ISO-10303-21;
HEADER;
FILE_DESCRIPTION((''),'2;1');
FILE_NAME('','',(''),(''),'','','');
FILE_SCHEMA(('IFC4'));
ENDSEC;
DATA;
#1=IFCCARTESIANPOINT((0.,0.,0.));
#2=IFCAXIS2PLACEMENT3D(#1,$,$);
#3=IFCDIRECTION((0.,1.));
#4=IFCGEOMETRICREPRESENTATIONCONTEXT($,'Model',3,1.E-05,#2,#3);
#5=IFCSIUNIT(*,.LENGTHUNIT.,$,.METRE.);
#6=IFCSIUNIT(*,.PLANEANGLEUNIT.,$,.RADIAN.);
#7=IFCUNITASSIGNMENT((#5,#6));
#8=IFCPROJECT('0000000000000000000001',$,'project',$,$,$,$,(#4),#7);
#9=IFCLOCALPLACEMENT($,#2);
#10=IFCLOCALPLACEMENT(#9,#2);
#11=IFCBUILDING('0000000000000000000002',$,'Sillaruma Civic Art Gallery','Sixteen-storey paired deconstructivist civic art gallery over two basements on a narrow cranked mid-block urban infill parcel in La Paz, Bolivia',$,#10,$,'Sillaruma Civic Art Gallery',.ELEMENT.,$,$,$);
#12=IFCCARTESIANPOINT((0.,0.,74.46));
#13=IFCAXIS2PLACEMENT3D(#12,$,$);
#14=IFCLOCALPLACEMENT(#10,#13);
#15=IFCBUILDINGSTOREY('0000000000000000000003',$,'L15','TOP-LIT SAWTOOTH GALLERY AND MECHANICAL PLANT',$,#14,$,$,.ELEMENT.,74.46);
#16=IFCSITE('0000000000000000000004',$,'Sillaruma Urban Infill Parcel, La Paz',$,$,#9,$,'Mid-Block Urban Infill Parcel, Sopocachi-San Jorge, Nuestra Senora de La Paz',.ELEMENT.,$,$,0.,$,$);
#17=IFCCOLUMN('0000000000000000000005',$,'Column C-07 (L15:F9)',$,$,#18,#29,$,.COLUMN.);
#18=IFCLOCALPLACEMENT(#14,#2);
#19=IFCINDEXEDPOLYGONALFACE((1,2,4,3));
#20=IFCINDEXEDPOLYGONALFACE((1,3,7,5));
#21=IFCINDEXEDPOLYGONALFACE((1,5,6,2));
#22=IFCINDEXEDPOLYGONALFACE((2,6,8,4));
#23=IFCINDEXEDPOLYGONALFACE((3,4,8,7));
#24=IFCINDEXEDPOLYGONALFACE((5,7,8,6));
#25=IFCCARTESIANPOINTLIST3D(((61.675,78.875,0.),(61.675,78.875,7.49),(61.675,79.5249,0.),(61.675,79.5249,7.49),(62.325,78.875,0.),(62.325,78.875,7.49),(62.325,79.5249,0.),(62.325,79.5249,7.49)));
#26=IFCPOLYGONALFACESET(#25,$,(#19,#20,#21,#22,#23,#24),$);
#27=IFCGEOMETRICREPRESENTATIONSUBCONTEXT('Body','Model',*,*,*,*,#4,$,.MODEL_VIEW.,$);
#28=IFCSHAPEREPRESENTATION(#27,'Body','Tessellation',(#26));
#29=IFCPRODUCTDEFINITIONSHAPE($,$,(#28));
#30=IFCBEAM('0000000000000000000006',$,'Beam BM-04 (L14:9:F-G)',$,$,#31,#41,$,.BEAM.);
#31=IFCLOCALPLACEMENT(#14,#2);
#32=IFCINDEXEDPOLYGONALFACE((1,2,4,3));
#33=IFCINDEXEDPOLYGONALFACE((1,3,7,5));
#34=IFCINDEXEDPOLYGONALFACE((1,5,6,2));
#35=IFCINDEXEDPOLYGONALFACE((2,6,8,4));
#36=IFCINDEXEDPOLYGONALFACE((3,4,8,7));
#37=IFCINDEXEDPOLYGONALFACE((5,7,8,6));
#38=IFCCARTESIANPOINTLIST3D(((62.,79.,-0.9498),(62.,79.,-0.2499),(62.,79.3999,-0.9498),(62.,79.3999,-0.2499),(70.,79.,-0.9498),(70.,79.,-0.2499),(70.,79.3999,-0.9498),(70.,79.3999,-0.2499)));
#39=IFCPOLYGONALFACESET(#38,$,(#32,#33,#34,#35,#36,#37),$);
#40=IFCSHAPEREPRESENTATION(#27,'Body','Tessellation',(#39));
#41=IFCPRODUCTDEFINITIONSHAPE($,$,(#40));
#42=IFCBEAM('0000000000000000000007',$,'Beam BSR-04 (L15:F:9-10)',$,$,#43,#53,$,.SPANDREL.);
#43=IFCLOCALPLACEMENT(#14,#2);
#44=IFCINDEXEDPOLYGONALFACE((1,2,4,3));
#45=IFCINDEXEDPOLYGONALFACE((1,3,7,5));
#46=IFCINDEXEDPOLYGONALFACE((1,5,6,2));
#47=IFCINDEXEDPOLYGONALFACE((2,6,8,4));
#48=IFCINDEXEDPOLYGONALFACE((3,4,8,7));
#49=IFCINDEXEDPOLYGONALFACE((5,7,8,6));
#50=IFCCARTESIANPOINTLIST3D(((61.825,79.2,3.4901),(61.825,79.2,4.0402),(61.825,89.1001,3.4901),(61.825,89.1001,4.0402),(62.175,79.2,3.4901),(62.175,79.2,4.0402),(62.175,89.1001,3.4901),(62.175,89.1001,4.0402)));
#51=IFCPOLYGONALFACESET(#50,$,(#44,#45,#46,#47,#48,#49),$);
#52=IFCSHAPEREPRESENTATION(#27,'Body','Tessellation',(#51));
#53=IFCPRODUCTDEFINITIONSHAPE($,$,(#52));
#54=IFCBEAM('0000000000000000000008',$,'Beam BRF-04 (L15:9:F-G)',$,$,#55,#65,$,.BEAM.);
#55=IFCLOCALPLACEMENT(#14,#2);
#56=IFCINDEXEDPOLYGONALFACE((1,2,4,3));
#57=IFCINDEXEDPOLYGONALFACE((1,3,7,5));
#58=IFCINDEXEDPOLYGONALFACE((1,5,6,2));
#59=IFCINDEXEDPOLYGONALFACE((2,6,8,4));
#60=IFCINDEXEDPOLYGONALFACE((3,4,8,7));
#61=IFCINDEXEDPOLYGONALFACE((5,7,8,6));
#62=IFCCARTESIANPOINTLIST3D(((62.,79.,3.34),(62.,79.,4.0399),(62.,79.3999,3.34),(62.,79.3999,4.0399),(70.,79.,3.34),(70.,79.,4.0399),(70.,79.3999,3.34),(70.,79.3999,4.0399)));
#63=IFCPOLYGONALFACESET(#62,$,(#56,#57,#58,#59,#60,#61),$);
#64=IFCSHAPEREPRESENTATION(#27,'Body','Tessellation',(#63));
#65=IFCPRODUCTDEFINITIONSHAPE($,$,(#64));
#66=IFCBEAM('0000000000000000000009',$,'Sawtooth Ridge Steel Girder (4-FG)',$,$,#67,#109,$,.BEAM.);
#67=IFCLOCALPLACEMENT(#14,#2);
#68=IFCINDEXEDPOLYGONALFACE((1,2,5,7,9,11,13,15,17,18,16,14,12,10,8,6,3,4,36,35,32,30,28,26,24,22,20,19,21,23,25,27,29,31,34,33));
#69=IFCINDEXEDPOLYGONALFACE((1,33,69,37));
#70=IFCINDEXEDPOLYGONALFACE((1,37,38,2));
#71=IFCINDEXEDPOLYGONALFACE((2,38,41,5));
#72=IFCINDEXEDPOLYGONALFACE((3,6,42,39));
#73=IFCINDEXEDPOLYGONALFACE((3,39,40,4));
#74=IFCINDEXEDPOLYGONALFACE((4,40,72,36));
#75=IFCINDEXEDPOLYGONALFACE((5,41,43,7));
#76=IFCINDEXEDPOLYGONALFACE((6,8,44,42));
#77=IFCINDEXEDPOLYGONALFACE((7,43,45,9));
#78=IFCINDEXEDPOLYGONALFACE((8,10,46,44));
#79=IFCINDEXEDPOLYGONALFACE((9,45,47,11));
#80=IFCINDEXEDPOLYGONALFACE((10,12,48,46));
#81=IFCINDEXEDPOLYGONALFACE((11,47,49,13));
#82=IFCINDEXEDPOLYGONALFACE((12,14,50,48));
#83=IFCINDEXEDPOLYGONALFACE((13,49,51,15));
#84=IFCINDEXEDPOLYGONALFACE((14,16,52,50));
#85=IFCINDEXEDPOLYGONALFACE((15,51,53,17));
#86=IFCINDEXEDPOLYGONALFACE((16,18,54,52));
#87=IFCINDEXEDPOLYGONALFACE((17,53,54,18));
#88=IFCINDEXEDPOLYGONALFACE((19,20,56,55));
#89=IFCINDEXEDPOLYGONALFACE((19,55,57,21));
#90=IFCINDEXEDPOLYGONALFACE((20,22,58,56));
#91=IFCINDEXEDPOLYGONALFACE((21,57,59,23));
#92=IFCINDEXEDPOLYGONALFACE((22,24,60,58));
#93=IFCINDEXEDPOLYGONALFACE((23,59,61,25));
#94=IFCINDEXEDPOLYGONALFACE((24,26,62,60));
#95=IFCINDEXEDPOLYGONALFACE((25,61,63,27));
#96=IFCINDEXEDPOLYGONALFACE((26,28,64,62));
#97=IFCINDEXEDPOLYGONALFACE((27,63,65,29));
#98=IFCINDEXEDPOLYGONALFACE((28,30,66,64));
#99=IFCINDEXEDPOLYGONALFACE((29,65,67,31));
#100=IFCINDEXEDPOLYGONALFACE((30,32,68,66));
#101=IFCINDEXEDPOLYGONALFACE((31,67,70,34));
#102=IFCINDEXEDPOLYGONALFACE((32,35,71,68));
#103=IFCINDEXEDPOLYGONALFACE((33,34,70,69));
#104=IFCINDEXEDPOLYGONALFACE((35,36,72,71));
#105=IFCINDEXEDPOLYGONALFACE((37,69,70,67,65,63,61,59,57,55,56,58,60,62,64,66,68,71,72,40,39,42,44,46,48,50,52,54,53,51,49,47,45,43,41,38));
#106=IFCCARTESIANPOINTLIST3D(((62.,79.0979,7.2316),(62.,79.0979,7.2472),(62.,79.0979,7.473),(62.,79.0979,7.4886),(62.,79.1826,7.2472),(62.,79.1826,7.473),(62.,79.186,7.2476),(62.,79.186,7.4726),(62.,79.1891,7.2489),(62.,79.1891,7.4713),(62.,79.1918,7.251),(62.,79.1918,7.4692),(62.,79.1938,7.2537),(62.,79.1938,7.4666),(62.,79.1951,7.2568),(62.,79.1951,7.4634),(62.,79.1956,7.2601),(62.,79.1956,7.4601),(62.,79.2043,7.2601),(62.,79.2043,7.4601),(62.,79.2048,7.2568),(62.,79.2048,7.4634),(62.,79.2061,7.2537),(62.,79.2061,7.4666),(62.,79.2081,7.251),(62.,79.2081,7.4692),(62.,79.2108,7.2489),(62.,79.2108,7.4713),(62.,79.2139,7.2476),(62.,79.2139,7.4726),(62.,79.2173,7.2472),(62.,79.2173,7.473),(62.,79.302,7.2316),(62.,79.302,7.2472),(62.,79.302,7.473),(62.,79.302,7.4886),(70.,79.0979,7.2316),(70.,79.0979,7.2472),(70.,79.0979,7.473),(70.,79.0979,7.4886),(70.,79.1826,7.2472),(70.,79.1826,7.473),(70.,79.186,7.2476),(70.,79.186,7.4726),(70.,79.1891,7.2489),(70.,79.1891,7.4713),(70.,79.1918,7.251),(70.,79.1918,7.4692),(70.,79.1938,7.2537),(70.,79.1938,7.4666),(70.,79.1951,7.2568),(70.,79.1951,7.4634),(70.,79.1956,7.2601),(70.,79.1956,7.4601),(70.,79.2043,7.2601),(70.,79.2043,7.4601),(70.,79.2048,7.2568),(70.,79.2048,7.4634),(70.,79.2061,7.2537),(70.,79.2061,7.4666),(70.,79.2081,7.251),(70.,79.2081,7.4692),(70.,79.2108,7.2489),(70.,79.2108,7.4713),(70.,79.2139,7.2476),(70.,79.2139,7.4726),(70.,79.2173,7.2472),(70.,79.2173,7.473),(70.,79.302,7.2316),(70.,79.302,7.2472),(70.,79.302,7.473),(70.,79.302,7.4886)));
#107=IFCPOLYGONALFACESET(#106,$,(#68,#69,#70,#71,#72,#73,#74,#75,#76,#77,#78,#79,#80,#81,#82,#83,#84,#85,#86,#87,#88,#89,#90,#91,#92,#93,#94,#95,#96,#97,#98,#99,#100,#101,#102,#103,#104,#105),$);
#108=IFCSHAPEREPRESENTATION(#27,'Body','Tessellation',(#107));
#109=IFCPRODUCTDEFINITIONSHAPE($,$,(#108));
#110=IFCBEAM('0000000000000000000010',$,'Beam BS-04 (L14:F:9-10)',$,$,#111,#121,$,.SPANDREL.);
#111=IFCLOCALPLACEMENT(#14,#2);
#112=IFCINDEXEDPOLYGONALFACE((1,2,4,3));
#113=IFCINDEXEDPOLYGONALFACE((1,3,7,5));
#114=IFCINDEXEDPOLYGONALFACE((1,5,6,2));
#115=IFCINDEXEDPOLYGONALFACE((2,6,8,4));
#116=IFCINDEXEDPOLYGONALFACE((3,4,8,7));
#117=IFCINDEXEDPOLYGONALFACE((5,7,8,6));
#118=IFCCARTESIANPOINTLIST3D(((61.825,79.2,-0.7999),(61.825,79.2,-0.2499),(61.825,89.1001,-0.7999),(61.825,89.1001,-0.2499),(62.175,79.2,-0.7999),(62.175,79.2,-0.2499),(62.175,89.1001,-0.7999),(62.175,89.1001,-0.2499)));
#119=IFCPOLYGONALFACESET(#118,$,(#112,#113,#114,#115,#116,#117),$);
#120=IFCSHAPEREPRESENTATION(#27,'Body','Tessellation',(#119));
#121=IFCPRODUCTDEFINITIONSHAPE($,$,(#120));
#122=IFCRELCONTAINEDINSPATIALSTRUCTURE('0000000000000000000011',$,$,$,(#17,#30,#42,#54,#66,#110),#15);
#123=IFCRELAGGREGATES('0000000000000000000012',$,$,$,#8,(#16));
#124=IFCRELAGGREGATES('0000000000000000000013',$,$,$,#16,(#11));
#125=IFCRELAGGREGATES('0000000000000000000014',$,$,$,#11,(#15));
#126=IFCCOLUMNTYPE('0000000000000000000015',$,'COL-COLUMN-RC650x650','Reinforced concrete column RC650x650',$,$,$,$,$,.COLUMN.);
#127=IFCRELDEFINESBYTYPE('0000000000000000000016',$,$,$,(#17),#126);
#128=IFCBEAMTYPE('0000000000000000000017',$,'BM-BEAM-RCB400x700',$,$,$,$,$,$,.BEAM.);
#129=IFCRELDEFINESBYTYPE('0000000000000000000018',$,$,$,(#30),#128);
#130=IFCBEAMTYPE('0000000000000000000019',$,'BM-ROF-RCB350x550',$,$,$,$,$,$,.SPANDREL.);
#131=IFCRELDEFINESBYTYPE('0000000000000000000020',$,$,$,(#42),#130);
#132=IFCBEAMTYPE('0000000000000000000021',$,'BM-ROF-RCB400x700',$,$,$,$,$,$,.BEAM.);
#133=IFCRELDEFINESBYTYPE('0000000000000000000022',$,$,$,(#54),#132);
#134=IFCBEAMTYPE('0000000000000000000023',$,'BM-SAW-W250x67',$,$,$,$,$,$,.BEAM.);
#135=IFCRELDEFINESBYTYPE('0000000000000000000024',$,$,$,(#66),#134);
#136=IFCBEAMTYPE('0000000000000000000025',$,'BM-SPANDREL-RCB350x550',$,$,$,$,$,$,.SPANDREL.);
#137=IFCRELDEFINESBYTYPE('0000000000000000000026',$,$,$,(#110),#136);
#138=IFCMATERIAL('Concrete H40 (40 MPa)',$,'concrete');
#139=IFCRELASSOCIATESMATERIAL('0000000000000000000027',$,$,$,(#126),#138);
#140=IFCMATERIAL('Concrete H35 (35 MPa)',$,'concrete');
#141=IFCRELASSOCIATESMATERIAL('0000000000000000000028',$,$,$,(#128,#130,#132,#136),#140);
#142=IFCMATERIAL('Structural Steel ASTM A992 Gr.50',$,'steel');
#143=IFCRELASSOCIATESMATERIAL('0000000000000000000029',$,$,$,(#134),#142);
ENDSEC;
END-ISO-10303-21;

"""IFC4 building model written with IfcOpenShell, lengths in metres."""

from ifc_helpers import new_model, si_unit, direction, frame, origin, origin_2d, place, context, subcontext, project, spatial, rectangle, i_section, extrude, material, material_profile, profile_set, type_object, element, save


model = new_model("IFC4")

# Units and contexts
model_context = context("Model", 3, precision=1e-05, world=origin(), true_north=direction((0.0, 1.0)))
body_context = subcontext(model_context, "Body", "Model", "MODEL_VIEW")
ifc_project = project(units=[si_unit("LENGTHUNIT", "METRE"), si_unit("PLANEANGLEUNIT", "RADIAN")], contexts=[model_context])

# Site, building, storey
site_placement = place(None, origin())
site = spatial("IfcSite", under=ifc_project, at=site_placement, Name="Sillaruma Urban Infill Parcel, La Paz", LongName="Mid-Block Urban Infill Parcel, Sopocachi-San Jorge, Nuestra Senora de La Paz", CompositionType="ELEMENT", RefElevation=0.0)
building_placement = place(site_placement, origin())
building = spatial("IfcBuilding", under=site, at=building_placement, Name="Sillaruma Civic Art Gallery", Description="Sixteen-storey paired deconstructivist civic art gallery over two basements on a narrow cranked mid-block urban infill parcel in La Paz, Bolivia", LongName="Sillaruma Civic Art Gallery", CompositionType="ELEMENT")
storey_placement = place(building_placement, frame((0.0, 0.0, 74.46)))
storey = spatial("IfcBuildingStorey", under=building, at=storey_placement, Name="L15", Description="TOP-LIT SAWTOOTH GALLERY AND MECHANICAL PLANT", CompositionType="ELEMENT", Elevation=74.46)

# Column
ifc_material_1 = material(Name="Concrete H40 (40 MPa)", Category="concrete")
ifc_material_profile_1 = material_profile(ifc_material_1, rectangle(XDim=0.6499, YDim=0.6499, at=origin_2d()), Name="RC650x650")
ifc_profile_set_1 = profile_set([ifc_material_profile_1], Name="Concrete H40 (40 MPa)")
column_type = type_object("IfcColumnType", Name="COL-COLUMN-RC650x650", Description="Reinforced concrete column RC650x650", PredefinedType="COLUMN", material=ifc_profile_set_1)
column_placement = place(storey_placement, frame((62.0, 79.2, 0.0), z_axis=(0.0, 0.0, 1.0), x_axis=(1.0, 0.0, 0.0)))
element("IfcColumn", 1, at=column_placement, inside=storey, type_object=column_type, Name="Column C-07 (L15:F9)", PredefinedType="COLUMN", context=body_context, shape_type="SweptSolid", body=[
    extrude(rectangle(XDim=0.6499, YDim=0.6499, at=origin_2d()), origin(), (0.0, 0.0, 1.0), 7.49),
])

# Beams
ifc_material_2 = material(Name="Concrete H35 (35 MPa)", Category="concrete")
ifc_material_profile_2 = material_profile(ifc_material_2, rectangle(XDim=0.3999, YDim=0.7, at=origin_2d()), Name="RCB400x700")
ifc_profile_set_2 = profile_set([ifc_material_profile_2], Name="Concrete H35 (35 MPa)")
beam_type_1 = type_object("IfcBeamType", Name="BM-BEAM-RCB400x700", PredefinedType="BEAM", material=ifc_profile_set_2)
beam_1_placement = place(storey_placement, frame((62.0, 79.2, -0.5999), z_axis=(1.0, 0.0, 0.0), x_axis=(0.0, 1.0, 0.0)))
element("IfcBeam", 2, at=beam_1_placement, inside=storey, type_object=beam_type_1, Name="Beam BM-04 (L14:9:F-G)", PredefinedType="BEAM", context=body_context, shape_type="SweptSolid", body=[
    extrude(rectangle(XDim=0.3999, YDim=0.7, at=origin_2d()), origin(), (0.0, 0.0, 1.0), 8.0),
])
ifc_material_profile_3 = material_profile(ifc_material_2, rectangle(XDim=0.3501, YDim=0.55, at=origin_2d()), Name="RCB350x550")
ifc_profile_set_3 = profile_set([ifc_material_profile_3], Name="Concrete H35 (35 MPa)")
beam_type_2 = type_object("IfcBeamType", Name="BM-ROF-RCB350x550", PredefinedType="SPANDREL", material=ifc_profile_set_3)
beam_2_placement = place(storey_placement, frame((62.0, 79.2, 3.7651), z_axis=(0.0, 1.0, 0.0), x_axis=(-1.0, 0.0, 0.0)))
element("IfcBeam", 3, at=beam_2_placement, inside=storey, type_object=beam_type_2, Name="Beam BSR-04 (L15:F:9-10)", PredefinedType="SPANDREL", context=body_context, shape_type="SweptSolid", body=[
    extrude(rectangle(XDim=0.3501, YDim=0.55, at=origin_2d()), origin(), (0.0, 0.0, 1.0), 9.9001),
])
ifc_material_profile_4 = material_profile(ifc_material_2, rectangle(XDim=0.3999, YDim=0.7, at=origin_2d()), Name="RCB400x700")
ifc_profile_set_4 = profile_set([ifc_material_profile_4], Name="Concrete H35 (35 MPa)")
beam_type_3 = type_object("IfcBeamType", Name="BM-ROF-RCB400x700", PredefinedType="BEAM", material=ifc_profile_set_4)
beam_3_placement = place(storey_placement, frame((62.0, 79.2, 3.6899), z_axis=(1.0, 0.0, 0.0), x_axis=(0.0, 1.0, 0.0)))
element("IfcBeam", 4, at=beam_3_placement, inside=storey, type_object=beam_type_3, Name="Beam BRF-04 (L15:9:F-G)", PredefinedType="BEAM", context=body_context, shape_type="SweptSolid", body=[
    extrude(rectangle(XDim=0.3999, YDim=0.7, at=origin_2d()), origin(), (0.0, 0.0, 1.0), 8.0),
])
ifc_material_3 = material(Name="Structural Steel ASTM A992 Gr.50", Category="steel")
ifc_material_profile_5 = material_profile(ifc_material_3, i_section(OverallWidth=0.2041, OverallDepth=0.2571, WebThickness=0.0088, FlangeThickness=0.0156, FilletRadius=0.0129, at=origin_2d()), Name="W250x67")
ifc_profile_set_5 = profile_set([ifc_material_profile_5], Name="Structural Steel ASTM A992 Gr.50")
beam_type_4 = type_object("IfcBeamType", Name="BM-SAW-W250x67", PredefinedType="BEAM", material=ifc_profile_set_5)
beam_4_placement = place(storey_placement, frame((62.0, 79.2, 7.3601), z_axis=(1.0, 0.0, 0.0), x_axis=(0.0, 1.0, 0.0)))
element("IfcBeam", 5, at=beam_4_placement, inside=storey, type_object=beam_type_4, Name="Sawtooth Ridge Steel Girder (4-FG)", PredefinedType="BEAM", context=body_context, shape_type="SweptSolid", body=[
    extrude(i_section(OverallWidth=0.2041, OverallDepth=0.2571, WebThickness=0.0088, FlangeThickness=0.0156, FilletRadius=0.0129, at=origin_2d()), origin(), (0.0, 0.0, 1.0), 8.0),
])
ifc_material_profile_6 = material_profile(ifc_material_2, rectangle(XDim=0.3501, YDim=0.55, at=origin_2d()), Name="RCB350x550")
ifc_profile_set_6 = profile_set([ifc_material_profile_6], Name="Concrete H35 (35 MPa)")
beam_type_5 = type_object("IfcBeamType", Name="BM-SPANDREL-RCB350x550", PredefinedType="SPANDREL", material=ifc_profile_set_6)
beam_5_placement = place(storey_placement, frame((62.0, 79.2, -0.5249), z_axis=(0.0, 1.0, 0.0), x_axis=(-1.0, 0.0, 0.0)))
element("IfcBeam", 6, at=beam_5_placement, inside=storey, type_object=beam_type_5, Name="Beam BS-04 (L14:F:9-10)", PredefinedType="SPANDREL", context=body_context, shape_type="SweptSolid", body=[
    extrude(rectangle(XDim=0.3501, YDim=0.55, at=origin_2d()), origin(), (0.0, 0.0, 1.0), 9.9001),
])

save(model, "model.ifc")
